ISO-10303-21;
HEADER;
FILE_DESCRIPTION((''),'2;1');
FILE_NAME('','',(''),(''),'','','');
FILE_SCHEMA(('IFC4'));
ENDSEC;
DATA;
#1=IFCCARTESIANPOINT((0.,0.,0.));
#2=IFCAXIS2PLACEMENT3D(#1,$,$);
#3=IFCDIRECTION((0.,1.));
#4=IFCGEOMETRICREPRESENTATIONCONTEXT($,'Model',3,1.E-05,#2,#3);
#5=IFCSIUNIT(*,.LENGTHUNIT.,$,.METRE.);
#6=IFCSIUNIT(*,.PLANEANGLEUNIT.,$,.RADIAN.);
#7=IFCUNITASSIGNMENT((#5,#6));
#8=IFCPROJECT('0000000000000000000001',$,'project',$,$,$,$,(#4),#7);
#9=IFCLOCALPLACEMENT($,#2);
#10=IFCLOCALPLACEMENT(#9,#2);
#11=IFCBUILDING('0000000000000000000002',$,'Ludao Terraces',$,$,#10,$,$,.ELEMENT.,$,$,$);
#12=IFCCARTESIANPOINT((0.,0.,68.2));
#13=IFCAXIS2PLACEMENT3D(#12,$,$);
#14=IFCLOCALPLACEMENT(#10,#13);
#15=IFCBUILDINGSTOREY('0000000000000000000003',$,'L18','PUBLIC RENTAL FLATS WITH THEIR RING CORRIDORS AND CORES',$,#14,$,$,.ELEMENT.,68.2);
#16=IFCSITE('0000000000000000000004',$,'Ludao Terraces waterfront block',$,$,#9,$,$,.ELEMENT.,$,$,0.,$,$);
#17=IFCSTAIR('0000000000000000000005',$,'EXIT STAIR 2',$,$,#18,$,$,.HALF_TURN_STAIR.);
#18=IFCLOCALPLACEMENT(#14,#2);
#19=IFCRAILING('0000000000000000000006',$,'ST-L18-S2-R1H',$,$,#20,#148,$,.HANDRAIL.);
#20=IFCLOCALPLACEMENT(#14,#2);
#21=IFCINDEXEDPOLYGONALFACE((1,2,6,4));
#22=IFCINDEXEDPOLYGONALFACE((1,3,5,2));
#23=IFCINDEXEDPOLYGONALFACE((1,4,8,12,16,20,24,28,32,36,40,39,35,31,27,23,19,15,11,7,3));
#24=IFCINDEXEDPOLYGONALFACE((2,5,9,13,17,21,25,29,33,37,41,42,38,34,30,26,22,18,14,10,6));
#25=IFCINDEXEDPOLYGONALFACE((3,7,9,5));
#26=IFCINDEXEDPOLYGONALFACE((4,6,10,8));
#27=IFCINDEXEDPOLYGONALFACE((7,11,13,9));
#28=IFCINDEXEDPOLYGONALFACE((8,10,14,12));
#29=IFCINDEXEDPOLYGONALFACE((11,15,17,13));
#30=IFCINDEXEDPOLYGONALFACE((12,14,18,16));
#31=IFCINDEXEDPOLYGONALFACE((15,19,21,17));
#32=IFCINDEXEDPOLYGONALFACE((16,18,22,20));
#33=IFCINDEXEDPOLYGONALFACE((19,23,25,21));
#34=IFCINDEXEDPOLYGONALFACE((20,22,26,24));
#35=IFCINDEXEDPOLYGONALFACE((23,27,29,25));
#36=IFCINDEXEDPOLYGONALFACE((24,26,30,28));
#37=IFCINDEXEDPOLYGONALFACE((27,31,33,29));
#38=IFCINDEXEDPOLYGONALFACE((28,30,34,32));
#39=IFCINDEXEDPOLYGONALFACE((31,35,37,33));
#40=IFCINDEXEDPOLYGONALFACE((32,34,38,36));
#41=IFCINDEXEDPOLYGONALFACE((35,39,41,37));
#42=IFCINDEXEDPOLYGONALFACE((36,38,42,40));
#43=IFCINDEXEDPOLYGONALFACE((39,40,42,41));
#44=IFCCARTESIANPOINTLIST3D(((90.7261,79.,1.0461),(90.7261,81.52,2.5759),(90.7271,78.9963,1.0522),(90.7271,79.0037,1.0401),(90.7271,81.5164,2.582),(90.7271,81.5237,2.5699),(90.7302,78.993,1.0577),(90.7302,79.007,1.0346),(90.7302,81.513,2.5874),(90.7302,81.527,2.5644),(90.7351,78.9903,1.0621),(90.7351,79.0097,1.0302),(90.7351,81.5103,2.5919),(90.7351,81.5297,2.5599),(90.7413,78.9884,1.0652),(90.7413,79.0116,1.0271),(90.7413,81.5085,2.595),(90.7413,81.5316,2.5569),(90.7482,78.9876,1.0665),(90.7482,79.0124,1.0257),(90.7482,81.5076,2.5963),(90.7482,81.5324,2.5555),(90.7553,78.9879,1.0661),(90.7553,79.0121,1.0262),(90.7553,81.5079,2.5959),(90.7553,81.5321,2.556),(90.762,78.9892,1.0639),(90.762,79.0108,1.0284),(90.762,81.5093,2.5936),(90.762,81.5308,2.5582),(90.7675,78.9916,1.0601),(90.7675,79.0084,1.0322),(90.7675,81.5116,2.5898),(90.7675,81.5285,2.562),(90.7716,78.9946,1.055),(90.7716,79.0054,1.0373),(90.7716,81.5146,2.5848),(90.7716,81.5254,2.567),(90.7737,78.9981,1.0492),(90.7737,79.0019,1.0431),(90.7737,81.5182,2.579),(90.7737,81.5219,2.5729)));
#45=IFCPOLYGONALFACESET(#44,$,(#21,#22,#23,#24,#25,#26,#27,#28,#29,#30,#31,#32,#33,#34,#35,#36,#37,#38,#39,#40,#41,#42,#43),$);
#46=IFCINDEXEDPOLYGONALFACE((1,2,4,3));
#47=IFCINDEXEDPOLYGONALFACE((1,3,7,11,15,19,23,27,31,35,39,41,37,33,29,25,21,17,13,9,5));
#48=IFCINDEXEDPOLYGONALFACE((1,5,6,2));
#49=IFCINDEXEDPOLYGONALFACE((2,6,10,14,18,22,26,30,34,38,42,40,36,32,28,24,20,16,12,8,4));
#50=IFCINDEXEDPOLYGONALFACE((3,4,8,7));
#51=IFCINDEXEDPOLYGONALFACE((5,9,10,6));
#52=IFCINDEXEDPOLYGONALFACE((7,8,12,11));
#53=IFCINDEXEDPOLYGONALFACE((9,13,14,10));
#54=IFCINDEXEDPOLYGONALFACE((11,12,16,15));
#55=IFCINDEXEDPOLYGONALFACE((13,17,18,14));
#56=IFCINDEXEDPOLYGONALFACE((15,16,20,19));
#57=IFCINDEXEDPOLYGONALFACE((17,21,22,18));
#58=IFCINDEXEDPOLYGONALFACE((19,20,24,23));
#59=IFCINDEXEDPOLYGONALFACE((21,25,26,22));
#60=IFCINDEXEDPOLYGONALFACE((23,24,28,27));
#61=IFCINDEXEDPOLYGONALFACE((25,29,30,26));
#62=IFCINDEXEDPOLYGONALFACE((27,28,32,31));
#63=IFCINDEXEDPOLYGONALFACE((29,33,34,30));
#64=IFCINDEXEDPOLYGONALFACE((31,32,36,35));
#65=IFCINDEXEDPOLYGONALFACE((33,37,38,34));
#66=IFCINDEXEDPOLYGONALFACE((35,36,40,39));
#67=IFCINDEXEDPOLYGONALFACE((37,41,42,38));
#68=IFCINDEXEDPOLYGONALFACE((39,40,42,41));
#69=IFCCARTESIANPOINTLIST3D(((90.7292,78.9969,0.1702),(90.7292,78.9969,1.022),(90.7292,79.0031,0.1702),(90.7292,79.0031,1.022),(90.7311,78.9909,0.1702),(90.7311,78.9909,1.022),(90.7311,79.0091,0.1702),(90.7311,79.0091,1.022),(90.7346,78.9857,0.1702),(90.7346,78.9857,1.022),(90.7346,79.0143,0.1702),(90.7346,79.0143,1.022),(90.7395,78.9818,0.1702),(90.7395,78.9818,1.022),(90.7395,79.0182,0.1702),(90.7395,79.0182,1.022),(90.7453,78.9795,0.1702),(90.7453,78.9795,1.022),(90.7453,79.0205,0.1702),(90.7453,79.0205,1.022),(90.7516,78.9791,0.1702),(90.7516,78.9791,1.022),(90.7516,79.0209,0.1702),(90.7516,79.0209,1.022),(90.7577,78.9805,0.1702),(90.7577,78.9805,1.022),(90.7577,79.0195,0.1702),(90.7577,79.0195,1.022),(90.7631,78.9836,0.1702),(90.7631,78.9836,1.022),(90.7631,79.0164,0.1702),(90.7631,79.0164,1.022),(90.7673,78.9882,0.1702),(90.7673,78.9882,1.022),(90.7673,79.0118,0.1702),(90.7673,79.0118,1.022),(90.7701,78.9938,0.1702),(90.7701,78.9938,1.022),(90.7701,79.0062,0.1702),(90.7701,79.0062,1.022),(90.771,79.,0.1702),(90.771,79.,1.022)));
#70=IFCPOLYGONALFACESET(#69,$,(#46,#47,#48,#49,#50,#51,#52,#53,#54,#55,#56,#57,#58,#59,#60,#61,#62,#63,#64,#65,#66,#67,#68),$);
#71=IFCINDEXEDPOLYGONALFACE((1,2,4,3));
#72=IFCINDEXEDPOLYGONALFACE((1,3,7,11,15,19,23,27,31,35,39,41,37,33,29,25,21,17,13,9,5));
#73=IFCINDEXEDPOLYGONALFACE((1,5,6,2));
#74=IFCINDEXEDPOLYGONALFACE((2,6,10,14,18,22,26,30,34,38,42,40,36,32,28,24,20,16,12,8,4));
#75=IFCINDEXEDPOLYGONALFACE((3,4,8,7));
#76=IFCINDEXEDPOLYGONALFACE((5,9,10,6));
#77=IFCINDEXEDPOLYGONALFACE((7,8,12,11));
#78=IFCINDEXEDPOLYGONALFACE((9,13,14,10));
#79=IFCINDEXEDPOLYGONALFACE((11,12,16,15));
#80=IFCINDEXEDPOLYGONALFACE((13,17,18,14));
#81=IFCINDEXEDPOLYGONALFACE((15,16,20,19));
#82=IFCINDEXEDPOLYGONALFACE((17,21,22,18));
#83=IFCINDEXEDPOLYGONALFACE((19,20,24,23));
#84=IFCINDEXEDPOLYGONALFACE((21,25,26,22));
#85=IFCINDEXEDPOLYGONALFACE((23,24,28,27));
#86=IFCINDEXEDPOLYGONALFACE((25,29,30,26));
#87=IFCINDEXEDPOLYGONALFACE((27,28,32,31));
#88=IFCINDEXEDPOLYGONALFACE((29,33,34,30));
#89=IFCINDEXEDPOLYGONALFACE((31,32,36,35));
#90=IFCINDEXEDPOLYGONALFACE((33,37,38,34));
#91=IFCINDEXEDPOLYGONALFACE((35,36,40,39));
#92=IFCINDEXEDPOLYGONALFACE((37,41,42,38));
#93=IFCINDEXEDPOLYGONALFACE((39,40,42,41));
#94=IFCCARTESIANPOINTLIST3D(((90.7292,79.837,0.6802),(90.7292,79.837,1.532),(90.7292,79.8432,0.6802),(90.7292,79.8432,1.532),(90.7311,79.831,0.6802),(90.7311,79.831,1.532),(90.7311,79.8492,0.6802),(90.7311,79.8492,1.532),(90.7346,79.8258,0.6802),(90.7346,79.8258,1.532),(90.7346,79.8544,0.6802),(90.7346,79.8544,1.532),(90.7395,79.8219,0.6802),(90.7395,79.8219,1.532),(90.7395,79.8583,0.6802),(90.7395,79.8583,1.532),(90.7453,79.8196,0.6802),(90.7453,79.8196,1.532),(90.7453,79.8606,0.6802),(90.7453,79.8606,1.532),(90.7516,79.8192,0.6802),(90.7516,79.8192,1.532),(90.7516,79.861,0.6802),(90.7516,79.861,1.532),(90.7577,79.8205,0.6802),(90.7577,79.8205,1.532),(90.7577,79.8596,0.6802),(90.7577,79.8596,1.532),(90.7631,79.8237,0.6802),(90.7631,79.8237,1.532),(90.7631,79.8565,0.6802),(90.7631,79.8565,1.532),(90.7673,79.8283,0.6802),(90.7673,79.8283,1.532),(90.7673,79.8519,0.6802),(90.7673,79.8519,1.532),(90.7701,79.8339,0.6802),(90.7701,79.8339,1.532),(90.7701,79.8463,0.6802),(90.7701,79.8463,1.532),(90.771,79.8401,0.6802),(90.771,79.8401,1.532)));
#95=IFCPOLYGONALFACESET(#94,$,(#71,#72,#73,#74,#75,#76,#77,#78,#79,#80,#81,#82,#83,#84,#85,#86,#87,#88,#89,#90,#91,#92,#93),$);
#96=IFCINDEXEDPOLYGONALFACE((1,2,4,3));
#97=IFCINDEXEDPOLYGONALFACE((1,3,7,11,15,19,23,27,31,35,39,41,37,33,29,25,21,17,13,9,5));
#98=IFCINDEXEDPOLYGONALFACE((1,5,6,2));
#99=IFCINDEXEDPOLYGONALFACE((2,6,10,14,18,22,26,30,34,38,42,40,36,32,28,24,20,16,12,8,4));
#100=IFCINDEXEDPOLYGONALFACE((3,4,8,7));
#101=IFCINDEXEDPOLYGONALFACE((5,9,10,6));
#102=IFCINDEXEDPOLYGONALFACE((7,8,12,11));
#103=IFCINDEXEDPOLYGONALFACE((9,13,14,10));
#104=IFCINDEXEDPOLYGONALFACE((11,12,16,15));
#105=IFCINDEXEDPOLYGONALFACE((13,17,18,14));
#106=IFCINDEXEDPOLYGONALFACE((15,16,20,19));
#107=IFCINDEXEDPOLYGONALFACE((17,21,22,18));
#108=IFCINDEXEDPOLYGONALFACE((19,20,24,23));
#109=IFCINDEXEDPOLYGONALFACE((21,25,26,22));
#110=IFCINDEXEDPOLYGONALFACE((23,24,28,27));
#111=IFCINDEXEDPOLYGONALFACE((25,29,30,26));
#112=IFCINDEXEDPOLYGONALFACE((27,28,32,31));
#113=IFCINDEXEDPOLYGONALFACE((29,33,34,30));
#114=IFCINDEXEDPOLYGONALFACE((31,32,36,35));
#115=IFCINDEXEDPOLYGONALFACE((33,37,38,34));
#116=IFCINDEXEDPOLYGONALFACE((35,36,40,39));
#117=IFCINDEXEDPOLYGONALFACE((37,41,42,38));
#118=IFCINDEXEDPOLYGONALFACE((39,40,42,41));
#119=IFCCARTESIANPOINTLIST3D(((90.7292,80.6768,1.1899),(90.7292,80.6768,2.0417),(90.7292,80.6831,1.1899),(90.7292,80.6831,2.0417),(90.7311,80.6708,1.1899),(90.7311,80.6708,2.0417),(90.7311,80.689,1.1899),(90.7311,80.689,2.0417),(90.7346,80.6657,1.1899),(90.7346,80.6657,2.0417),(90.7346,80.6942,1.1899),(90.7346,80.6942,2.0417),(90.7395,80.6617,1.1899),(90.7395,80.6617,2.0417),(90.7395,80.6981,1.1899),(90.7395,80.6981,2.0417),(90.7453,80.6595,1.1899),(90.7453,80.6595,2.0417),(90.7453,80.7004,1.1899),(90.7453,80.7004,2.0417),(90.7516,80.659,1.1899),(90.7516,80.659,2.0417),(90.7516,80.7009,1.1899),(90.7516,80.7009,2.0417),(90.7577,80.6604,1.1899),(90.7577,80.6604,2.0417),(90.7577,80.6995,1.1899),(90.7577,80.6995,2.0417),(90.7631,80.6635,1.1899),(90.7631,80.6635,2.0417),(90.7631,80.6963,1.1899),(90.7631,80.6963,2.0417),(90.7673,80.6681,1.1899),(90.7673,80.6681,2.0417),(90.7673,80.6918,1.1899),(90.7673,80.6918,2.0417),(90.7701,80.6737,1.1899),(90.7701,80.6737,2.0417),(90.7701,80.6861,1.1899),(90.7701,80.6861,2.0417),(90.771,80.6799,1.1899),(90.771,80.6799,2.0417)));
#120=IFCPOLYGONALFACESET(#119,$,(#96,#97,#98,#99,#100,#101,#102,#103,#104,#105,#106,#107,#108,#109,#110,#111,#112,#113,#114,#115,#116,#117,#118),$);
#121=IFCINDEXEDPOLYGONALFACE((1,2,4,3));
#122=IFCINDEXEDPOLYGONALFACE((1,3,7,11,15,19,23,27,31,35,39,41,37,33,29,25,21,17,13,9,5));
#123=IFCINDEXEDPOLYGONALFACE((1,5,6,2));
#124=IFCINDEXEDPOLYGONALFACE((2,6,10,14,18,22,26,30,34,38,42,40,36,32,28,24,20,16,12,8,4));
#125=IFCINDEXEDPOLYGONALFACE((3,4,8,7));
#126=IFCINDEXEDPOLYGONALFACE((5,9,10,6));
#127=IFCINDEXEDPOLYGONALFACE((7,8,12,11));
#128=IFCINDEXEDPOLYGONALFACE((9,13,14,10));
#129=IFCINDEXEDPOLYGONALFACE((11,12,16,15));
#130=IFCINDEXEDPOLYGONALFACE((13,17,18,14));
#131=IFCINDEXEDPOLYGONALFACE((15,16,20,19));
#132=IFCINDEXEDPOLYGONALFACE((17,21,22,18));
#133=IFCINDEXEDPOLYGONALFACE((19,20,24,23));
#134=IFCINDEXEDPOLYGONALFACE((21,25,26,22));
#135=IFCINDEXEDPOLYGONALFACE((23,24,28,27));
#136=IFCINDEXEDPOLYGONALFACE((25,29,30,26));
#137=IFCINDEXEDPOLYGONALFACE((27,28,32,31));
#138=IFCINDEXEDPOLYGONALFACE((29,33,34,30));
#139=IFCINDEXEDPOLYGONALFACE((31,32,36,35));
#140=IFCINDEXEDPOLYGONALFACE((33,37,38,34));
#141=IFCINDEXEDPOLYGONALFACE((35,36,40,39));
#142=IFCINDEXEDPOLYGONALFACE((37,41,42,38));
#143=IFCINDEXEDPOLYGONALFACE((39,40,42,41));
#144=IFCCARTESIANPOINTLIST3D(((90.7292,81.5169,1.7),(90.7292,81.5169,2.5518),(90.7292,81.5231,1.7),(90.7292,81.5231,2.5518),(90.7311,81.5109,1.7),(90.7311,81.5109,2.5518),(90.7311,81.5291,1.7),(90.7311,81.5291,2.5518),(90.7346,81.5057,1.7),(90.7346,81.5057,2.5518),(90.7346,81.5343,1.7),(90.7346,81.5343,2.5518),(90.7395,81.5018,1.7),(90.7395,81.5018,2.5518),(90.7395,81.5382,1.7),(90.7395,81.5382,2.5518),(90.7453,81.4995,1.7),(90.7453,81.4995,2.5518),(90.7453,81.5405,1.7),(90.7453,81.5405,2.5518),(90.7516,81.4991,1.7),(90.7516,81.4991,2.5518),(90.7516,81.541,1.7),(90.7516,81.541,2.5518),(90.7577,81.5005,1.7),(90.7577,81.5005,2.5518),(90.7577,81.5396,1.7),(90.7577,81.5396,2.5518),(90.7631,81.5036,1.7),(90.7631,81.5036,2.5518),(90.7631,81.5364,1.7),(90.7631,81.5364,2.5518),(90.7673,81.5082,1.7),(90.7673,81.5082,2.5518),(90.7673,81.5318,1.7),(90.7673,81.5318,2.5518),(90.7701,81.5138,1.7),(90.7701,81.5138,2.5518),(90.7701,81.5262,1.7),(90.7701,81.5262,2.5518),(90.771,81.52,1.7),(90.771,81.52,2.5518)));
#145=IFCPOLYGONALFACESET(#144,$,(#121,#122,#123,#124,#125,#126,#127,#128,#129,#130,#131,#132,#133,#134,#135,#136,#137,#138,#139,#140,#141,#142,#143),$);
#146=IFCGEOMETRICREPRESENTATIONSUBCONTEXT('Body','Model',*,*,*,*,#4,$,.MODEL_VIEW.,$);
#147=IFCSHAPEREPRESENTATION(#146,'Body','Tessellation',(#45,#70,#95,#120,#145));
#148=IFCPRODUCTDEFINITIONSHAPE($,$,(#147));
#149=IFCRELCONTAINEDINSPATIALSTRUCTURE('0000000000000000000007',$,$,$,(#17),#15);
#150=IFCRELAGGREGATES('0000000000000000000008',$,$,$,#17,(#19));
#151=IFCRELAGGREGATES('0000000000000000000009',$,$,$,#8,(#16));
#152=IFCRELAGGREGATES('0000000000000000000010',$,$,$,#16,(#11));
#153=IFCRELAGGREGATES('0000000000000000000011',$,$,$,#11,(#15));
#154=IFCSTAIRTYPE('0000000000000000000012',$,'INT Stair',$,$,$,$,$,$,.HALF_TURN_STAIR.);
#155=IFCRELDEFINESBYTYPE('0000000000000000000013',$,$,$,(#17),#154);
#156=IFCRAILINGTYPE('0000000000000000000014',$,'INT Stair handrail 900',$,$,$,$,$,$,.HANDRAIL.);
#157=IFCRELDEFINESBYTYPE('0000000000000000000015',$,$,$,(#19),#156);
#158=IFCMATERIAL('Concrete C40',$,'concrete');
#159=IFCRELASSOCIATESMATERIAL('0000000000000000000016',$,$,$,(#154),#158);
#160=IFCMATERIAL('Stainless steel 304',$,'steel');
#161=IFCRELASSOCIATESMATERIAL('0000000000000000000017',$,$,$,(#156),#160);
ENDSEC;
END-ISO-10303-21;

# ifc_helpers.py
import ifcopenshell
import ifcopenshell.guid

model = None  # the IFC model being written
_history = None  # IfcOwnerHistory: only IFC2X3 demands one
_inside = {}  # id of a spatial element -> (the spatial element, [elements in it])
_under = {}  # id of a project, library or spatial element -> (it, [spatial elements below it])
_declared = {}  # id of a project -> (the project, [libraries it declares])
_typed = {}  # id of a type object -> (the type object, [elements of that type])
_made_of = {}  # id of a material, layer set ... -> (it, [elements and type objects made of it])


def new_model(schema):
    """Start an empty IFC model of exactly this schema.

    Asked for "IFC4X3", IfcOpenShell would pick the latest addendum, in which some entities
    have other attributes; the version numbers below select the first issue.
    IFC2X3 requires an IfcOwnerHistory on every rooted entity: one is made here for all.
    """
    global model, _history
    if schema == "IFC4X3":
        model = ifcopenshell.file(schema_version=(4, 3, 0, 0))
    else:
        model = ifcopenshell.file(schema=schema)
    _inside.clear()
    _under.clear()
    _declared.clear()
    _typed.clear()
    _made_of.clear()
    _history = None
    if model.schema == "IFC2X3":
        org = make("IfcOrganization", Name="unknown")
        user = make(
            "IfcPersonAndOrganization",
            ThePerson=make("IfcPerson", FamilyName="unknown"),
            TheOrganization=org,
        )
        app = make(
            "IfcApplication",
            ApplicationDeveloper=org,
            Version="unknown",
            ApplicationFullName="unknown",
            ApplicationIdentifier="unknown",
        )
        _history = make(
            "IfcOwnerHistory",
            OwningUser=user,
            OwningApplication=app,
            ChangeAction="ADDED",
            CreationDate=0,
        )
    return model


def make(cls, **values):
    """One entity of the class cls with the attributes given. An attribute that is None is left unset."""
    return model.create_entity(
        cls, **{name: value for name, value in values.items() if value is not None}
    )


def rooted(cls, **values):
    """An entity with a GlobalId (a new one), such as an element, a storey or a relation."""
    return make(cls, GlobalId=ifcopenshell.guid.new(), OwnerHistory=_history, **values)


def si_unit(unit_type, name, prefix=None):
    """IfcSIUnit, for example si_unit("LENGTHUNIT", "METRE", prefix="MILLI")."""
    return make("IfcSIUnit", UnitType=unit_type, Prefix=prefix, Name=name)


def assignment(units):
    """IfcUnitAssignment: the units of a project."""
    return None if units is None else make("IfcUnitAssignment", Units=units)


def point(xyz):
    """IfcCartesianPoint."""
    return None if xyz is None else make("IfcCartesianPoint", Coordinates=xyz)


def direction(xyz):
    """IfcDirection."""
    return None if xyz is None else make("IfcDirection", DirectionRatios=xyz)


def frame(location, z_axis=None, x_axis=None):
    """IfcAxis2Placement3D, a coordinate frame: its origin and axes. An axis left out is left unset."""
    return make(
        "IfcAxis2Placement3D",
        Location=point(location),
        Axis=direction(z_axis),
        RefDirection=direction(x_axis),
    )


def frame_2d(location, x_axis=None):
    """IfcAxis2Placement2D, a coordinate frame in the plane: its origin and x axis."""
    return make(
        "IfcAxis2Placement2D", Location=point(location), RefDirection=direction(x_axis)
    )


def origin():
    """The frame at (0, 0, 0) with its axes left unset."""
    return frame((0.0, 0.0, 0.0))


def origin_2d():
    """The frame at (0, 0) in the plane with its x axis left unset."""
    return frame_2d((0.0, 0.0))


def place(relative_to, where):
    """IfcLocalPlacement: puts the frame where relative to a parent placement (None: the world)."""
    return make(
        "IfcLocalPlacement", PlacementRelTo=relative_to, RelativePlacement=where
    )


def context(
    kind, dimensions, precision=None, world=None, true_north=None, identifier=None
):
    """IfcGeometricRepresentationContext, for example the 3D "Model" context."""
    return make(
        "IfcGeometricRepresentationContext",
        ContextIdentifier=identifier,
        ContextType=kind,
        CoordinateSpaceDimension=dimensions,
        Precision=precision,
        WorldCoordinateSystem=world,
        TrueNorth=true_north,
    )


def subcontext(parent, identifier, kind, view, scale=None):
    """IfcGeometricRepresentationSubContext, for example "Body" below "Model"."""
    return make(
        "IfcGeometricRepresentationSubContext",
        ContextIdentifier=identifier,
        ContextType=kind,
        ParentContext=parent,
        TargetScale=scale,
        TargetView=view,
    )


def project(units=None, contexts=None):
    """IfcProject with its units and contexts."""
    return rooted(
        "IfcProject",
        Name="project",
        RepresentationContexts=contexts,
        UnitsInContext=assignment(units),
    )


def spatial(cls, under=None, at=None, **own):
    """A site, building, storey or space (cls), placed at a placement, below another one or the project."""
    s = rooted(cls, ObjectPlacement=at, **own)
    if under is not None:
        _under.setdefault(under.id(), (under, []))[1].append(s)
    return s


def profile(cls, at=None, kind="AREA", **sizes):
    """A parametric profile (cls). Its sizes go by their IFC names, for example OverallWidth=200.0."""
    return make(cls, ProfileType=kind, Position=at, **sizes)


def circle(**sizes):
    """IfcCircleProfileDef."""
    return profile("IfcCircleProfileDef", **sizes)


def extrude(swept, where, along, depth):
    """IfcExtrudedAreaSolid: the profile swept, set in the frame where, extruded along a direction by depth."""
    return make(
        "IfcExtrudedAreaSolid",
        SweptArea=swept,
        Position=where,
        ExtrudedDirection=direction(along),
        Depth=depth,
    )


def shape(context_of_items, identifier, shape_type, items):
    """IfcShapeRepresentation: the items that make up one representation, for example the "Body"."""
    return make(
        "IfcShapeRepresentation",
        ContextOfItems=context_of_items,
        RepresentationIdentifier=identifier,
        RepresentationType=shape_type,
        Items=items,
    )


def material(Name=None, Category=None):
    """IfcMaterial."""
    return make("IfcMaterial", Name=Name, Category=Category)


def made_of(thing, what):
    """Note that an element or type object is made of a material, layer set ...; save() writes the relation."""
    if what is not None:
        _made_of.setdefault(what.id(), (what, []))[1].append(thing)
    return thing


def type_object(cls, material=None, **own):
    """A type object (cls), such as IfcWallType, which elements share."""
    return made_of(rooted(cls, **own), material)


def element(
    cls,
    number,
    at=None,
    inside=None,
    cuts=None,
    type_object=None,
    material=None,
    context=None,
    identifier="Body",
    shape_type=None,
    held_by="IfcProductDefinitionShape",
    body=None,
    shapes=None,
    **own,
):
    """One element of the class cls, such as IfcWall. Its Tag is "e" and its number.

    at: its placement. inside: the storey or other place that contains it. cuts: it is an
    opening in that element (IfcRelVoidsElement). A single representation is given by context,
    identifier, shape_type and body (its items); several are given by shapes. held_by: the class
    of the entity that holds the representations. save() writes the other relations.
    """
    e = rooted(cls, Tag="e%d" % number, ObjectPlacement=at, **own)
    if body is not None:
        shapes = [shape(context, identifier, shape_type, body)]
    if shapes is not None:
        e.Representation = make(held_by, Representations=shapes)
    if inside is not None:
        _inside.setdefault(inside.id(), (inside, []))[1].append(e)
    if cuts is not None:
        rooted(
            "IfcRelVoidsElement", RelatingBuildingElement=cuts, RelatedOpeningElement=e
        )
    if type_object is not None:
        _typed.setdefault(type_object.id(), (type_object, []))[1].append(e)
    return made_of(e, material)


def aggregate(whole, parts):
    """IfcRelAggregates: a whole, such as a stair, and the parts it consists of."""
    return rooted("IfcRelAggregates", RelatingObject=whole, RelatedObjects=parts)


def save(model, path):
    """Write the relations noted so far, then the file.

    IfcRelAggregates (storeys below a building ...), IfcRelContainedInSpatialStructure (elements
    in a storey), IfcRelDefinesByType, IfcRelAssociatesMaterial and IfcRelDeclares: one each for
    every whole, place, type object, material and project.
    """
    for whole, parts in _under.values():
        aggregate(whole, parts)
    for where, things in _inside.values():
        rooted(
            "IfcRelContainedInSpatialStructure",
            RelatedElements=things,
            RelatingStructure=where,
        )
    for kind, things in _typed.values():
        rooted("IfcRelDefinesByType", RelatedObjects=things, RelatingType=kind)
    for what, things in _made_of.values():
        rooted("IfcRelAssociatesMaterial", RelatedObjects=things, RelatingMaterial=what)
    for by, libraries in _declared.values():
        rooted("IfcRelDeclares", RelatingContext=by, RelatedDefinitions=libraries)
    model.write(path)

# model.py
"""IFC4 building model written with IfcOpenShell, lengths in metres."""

from ifc_helpers import new_model, si_unit, direction, frame, origin, origin_2d, place, context, subcontext, project, spatial, circle, extrude, material, type_object, element, aggregate, save


model = new_model("IFC4")

# Units and contexts
model_context = context("Model", 3, precision=1e-05, world=origin(), true_north=direction((0.0, 1.0)))
body_context = subcontext(model_context, "Body", "Model", "MODEL_VIEW")
ifc_project = project(units=[si_unit("LENGTHUNIT", "METRE"), si_unit("PLANEANGLEUNIT", "RADIAN")], contexts=[model_context])

# Site, building, storey
site_placement = place(None, origin())
site = spatial("IfcSite", under=ifc_project, at=site_placement, Name="Ludao Terraces waterfront block", CompositionType="ELEMENT", RefElevation=0.0)
building_placement = place(site_placement, origin())
building = spatial("IfcBuilding", under=site, at=building_placement, Name="Ludao Terraces", CompositionType="ELEMENT")
storey_placement = place(building_placement, frame((0.0, 0.0, 68.2)))
storey = spatial("IfcBuildingStorey", under=building, at=storey_placement, Name="L18", Description="PUBLIC RENTAL FLATS WITH THEIR RING CORRIDORS AND CORES", CompositionType="ELEMENT", Elevation=68.2)

# Stair, railing
ifc_material_1 = material(Name="Concrete C40", Category="concrete")
stair_type = type_object("IfcStairType", Name="INT Stair", PredefinedType="HALF_TURN_STAIR", material=ifc_material_1)
stair_placement = place(storey_placement, origin())
stair = element("IfcStair", 1, at=stair_placement, inside=storey, type_object=stair_type, Name="EXIT STAIR 2", PredefinedType="HALF_TURN_STAIR")
ifc_material_2 = material(Name="Stainless steel 304", Category="steel")
railing_type_1 = type_object("IfcRailingType", Name="INT Stair handrail 900", PredefinedType="HANDRAIL", material=ifc_material_2)
railing_1_placement = place(storey_placement, frame((90.75, 79.0, 0.1702)))
railing_1 = element("IfcRailing", 2, at=railing_1_placement, type_object=railing_type_1, Name="ST-L18-S2-R1H", PredefinedType="HANDRAIL", context=body_context, shape_type="SweptSolid", body=[
    extrude(circle(Radius=0.0239, at=origin_2d()), frame((0.0, 0.0, 0.876), z_axis=(0.0, 0.854822, 0.518922), x_axis=(-1.0, 0.0, 0.0)), (0.0, 0.0, 1.0), 2.948),
    extrude(circle(Radius=0.021, at=origin_2d()), origin(), (0.0, 0.0, 1.0), 0.8518),
    extrude(circle(Radius=0.021, at=origin_2d()), frame((0.0, 0.8401, 0.51)), (0.0, 0.0, 1.0), 0.8518),
    extrude(circle(Radius=0.021, at=origin_2d()), frame((0.0, 1.6799, 1.0198)), (0.0, 0.0, 1.0), 0.8518),
    extrude(circle(Radius=0.021, at=origin_2d()), frame((0.0, 2.52, 1.5298)), (0.0, 0.0, 1.0), 0.8518),
])
aggregate(stair, [railing_1])

save(model, "model.ifc")
